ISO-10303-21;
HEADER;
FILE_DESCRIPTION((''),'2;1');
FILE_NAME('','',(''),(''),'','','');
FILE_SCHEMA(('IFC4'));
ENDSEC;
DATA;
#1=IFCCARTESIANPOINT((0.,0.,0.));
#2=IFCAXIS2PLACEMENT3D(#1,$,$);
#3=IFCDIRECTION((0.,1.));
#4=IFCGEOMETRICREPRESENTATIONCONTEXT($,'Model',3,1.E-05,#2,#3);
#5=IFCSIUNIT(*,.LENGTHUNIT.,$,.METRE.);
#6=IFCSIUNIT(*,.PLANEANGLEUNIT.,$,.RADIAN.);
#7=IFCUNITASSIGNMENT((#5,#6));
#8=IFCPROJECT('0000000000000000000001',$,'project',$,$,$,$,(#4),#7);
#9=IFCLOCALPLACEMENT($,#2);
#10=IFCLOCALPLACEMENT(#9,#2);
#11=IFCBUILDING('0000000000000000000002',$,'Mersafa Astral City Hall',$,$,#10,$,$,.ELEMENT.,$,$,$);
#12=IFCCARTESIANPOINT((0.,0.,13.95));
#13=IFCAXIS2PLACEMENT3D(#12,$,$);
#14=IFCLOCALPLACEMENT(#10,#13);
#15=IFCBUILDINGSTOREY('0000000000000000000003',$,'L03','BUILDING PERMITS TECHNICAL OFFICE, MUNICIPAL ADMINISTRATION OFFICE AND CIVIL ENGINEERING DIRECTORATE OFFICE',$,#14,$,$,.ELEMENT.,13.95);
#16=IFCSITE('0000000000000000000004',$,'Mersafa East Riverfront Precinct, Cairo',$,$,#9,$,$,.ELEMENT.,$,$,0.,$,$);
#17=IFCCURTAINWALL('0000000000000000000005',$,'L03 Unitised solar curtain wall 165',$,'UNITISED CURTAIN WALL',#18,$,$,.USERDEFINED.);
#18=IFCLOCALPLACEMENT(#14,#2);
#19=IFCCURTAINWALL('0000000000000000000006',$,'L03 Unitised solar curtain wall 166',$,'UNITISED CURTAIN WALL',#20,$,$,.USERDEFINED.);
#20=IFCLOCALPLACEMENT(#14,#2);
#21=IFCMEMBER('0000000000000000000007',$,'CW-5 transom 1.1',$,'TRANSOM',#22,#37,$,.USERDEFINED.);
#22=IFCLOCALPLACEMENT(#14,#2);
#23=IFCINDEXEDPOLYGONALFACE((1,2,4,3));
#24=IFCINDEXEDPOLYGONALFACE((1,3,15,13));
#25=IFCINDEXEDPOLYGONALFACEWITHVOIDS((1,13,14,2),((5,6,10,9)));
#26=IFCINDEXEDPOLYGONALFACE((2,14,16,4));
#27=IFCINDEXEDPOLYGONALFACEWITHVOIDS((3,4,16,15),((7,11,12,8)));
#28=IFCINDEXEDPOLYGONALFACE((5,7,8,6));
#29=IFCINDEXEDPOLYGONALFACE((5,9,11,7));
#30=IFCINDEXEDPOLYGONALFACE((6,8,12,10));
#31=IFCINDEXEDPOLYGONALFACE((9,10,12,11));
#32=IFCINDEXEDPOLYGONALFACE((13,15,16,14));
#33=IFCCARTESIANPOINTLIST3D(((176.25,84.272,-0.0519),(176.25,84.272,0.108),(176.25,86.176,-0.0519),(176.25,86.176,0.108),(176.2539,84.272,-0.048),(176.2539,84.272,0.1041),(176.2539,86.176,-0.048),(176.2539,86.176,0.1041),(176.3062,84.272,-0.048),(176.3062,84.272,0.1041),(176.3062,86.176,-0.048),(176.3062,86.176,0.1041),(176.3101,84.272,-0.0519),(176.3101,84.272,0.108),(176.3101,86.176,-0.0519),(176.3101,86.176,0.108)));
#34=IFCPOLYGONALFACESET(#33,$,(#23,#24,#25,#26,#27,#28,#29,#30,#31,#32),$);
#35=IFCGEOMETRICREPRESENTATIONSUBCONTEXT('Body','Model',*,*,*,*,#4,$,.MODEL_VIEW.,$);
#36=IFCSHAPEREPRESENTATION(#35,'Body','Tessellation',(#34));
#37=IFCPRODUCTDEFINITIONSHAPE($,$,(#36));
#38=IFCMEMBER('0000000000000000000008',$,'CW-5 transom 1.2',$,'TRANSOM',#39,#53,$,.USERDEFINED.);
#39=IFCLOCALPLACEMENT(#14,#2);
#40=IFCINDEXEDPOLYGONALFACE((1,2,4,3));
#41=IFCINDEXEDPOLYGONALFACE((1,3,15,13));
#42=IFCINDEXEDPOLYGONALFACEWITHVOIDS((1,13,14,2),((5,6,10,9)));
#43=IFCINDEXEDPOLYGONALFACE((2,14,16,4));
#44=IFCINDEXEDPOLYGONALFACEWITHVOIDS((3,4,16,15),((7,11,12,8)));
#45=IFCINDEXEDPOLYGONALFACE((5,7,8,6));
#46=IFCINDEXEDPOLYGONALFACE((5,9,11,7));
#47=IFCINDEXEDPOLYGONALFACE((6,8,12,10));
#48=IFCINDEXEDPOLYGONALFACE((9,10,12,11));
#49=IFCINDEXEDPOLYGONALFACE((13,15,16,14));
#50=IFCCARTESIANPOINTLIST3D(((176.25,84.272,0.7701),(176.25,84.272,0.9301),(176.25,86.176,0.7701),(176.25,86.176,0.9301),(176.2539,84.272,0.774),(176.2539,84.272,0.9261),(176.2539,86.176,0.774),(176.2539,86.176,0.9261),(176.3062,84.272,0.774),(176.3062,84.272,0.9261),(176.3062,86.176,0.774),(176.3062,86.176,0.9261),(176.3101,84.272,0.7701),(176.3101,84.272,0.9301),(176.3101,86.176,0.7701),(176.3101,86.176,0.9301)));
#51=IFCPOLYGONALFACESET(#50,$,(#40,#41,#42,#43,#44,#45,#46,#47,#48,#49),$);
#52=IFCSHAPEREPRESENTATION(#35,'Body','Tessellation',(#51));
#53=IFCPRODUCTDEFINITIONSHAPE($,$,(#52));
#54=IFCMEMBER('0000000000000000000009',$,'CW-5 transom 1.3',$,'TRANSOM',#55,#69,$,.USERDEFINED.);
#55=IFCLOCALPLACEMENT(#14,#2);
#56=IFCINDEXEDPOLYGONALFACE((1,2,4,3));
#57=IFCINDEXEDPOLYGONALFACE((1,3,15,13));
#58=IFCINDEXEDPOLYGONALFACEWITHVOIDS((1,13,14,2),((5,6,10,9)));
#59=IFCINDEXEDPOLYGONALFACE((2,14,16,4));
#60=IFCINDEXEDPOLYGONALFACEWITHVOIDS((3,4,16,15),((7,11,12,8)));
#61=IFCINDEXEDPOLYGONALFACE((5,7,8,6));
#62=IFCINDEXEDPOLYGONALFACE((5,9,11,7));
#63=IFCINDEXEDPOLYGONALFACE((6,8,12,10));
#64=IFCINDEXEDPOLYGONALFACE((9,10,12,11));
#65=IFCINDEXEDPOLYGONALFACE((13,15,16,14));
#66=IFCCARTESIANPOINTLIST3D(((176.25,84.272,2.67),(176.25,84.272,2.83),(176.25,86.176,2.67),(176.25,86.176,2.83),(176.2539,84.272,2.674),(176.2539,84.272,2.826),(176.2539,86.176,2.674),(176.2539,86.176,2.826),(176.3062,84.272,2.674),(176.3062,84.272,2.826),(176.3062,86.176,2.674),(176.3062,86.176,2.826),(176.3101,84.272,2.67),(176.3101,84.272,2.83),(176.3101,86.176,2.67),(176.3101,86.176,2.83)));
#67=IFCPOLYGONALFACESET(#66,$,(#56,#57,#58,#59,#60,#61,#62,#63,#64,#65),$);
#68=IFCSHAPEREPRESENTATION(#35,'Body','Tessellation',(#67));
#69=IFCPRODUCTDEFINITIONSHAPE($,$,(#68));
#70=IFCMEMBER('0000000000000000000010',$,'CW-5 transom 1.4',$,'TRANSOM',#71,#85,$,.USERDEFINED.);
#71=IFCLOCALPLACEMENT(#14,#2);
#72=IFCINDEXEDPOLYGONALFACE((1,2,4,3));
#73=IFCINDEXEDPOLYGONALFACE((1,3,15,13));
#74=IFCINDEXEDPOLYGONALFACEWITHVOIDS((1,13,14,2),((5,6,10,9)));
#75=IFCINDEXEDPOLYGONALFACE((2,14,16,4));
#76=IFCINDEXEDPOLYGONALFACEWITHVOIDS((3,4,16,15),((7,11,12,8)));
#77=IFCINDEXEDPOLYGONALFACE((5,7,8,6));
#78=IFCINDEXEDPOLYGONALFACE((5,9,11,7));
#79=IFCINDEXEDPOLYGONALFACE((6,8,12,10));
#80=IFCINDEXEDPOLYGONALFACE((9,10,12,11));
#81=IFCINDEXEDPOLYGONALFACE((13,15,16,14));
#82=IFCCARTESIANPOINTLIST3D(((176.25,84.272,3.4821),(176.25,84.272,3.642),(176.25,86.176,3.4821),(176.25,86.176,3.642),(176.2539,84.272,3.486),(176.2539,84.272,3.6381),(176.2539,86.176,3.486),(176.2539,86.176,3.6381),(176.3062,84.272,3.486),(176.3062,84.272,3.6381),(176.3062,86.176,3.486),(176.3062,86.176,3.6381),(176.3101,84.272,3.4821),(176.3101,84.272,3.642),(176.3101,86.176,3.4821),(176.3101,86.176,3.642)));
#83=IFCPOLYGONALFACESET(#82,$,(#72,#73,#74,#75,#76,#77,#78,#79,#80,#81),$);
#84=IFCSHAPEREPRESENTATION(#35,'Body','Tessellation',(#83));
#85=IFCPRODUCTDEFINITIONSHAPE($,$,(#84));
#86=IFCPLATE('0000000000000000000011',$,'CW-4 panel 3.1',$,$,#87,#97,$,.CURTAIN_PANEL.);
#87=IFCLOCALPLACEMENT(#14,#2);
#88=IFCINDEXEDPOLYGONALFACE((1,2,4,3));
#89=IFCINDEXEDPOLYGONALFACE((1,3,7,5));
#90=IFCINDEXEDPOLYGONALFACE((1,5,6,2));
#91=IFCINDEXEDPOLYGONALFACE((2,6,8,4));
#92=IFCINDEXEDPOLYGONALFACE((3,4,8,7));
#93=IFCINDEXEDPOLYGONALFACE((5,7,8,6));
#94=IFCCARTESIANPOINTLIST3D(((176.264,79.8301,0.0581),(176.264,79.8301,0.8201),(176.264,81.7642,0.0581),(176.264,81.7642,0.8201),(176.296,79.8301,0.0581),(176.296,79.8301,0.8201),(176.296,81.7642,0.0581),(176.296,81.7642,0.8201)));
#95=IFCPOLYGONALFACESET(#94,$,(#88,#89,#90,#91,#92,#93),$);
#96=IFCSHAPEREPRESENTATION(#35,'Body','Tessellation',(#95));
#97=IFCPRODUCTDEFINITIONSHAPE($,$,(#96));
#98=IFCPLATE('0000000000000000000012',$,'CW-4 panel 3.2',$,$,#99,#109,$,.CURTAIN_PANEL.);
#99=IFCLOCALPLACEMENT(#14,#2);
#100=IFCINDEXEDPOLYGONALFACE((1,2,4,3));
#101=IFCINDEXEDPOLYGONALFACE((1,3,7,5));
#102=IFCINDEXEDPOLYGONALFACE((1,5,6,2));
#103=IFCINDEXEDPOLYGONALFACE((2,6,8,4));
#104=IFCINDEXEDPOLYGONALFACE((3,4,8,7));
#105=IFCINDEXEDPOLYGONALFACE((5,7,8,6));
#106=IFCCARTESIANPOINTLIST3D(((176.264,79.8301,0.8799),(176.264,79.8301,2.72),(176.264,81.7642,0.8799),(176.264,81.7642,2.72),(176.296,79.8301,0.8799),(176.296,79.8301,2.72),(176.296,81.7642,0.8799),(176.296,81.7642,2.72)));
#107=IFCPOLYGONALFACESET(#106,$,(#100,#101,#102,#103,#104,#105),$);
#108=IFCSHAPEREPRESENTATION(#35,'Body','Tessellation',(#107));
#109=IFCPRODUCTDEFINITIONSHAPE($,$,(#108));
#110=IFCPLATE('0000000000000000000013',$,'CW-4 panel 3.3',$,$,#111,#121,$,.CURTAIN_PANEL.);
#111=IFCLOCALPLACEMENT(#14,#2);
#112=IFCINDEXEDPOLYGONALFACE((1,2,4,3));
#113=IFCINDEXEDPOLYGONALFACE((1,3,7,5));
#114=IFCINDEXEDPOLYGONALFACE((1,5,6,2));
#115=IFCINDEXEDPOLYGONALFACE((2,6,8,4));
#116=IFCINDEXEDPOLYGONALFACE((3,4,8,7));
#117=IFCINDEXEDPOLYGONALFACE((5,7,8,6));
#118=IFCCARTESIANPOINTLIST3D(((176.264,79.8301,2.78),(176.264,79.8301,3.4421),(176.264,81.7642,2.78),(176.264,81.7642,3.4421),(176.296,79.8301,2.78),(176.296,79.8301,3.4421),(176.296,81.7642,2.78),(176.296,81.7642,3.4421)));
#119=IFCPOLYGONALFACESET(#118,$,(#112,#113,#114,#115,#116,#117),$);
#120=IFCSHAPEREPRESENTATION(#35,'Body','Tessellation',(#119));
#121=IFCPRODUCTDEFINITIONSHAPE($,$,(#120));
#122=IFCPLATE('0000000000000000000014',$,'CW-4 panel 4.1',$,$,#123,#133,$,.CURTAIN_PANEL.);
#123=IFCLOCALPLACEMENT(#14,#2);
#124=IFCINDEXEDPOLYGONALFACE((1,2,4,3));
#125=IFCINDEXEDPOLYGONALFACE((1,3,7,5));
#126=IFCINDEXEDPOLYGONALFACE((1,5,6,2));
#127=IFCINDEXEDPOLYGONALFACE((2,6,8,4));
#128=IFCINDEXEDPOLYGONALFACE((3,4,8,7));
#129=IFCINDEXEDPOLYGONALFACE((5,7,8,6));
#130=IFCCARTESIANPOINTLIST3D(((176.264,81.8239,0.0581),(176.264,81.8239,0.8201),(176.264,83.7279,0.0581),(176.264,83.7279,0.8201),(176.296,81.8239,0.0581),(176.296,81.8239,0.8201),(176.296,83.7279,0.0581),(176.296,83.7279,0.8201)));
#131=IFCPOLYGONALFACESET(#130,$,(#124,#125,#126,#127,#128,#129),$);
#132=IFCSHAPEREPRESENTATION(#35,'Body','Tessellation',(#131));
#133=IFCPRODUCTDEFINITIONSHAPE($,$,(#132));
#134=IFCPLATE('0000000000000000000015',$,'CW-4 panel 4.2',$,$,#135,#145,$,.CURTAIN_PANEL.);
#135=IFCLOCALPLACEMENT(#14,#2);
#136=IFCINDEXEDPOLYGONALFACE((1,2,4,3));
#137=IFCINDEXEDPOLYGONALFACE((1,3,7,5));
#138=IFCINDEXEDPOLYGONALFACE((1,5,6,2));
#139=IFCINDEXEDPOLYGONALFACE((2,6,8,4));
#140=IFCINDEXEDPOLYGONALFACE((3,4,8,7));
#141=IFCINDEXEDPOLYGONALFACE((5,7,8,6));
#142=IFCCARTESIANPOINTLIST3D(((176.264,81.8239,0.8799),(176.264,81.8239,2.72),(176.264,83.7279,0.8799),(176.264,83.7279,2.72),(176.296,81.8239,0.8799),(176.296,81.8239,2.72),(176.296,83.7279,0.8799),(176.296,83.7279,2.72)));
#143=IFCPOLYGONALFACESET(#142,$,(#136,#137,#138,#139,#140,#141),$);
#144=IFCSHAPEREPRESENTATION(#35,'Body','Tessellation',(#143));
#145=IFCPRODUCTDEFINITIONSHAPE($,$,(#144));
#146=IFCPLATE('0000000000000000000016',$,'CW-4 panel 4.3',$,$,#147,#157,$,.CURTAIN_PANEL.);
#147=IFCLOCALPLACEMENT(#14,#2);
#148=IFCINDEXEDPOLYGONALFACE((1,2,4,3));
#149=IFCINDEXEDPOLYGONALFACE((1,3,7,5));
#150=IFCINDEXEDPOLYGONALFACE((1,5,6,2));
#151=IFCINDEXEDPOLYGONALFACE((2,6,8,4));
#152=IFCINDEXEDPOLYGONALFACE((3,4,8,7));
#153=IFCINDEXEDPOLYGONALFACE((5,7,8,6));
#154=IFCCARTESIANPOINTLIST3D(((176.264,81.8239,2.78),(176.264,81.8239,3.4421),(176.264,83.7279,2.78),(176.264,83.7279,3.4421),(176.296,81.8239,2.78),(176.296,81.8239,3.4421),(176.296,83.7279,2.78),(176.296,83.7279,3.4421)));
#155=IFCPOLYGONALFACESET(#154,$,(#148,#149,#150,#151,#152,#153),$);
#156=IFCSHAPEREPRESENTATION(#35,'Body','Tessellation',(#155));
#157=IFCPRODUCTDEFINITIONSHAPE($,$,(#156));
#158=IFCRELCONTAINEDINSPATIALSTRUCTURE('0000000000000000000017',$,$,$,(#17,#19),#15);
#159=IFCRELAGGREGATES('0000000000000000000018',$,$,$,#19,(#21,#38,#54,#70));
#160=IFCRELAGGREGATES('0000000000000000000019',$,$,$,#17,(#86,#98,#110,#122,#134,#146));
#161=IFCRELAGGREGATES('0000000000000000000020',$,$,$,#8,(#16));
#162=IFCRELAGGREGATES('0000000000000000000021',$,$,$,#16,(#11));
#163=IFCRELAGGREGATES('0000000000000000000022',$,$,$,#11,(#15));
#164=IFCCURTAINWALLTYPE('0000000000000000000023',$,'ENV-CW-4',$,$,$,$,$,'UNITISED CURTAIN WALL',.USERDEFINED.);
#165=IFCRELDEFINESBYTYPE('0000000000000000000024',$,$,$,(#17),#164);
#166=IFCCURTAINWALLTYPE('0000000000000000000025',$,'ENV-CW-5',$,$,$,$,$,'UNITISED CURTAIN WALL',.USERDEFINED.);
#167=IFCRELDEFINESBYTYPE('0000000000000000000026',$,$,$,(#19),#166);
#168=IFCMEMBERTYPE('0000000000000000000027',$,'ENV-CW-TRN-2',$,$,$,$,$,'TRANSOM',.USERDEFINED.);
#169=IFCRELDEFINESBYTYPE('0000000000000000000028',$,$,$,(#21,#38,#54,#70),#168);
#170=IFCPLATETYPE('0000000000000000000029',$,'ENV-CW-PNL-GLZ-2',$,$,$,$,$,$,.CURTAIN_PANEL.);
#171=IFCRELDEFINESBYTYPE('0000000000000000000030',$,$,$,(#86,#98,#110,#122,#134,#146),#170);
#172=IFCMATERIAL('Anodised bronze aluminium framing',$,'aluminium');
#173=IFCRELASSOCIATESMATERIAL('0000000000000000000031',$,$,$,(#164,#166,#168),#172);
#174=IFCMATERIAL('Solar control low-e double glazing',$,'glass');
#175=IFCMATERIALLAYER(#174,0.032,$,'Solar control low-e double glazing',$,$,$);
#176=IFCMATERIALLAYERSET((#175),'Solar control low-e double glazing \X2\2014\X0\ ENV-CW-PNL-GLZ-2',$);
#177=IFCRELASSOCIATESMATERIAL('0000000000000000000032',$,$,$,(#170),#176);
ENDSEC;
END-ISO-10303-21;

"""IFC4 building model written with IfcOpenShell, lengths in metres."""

from ifc_helpers import new_model, si_unit, direction, frame, origin, origin_2d, place, context, subcontext, project, spatial, rectangle, hollow_rectangle, extrude, material, layer, layer_set, material_profile, profile_set, type_object, element, aggregate, save


model = new_model("IFC4")

# Units and contexts
model_context = context("Model", 3, precision=1e-05, world=origin(), true_north=direction((0.0, 1.0)))
body_context = subcontext(model_context, "Body", "Model", "MODEL_VIEW")
ifc_project = project(units=[si_unit("LENGTHUNIT", "METRE"), si_unit("PLANEANGLEUNIT", "RADIAN")], contexts=[model_context])

# Site, building, storey
site_placement = place(None, origin())
site = spatial("IfcSite", under=ifc_project, at=site_placement, Name="Mersafa East Riverfront Precinct, Cairo", CompositionType="ELEMENT", RefElevation=0.0)
building_placement = place(site_placement, origin())
building = spatial("IfcBuilding", under=site, at=building_placement, Name="Mersafa Astral City Hall", CompositionType="ELEMENT")
storey_placement = place(building_placement, frame((0.0, 0.0, 13.95)))
storey = spatial("IfcBuildingStorey", under=building, at=storey_placement, Name="L03", Description="BUILDING PERMITS TECHNICAL OFFICE, MUNICIPAL ADMINISTRATION OFFICE AND CIVIL ENGINEERING DIRECTORATE OFFICE", CompositionType="ELEMENT", Elevation=13.95)

# Curtain wall
ifc_material_1 = material(Name="Anodised bronze aluminium framing", Category="aluminium")
curtain_wall_type_1 = type_object("IfcCurtainWallType", Name="ENV-CW-4", ElementType="UNITISED CURTAIN WALL", PredefinedType="USERDEFINED", material=ifc_material_1)
curtain_wall_1_placement = place(storey_placement, origin())
curtain_wall_1 = element("IfcCurtainWall", 1, at=curtain_wall_1_placement, inside=storey, type_object=curtain_wall_type_1, Name="L03 Unitised solar curtain wall 165", ObjectType="UNITISED CURTAIN WALL", PredefinedType="USERDEFINED")

# Curtain wall
curtain_wall_type_2 = type_object("IfcCurtainWallType", Name="ENV-CW-5", ElementType="UNITISED CURTAIN WALL", PredefinedType="USERDEFINED", material=ifc_material_1)
curtain_wall_2_placement = place(storey_placement, origin())
curtain_wall_2 = element("IfcCurtainWall", 2, at=curtain_wall_2_placement, inside=storey, type_object=curtain_wall_type_2, Name="L03 Unitised solar curtain wall 166", ObjectType="UNITISED CURTAIN WALL", PredefinedType="USERDEFINED")

# Members
ifc_material_profile_1 = material_profile(ifc_material_1, hollow_rectangle(XDim=0.0601, YDim=0.1599, WallThickness=0.0039, at=origin_2d()), Name="RHS 60x160x4")
ifc_profile_set_1 = profile_set([ifc_material_profile_1], Name="Anodised bronze aluminium framing")
member_type_1 = type_object("IfcMemberType", Name="ENV-CW-TRN-2", ElementType="TRANSOM", PredefinedType="USERDEFINED", material=ifc_profile_set_1)
member_1_placement = place(storey_placement, frame((176.28, 84.272, 0.0281), z_axis=(0.0, 1.0, 0.0), x_axis=(-1.0, 0.0, 0.0)))
member_1 = element("IfcMember", 3, at=member_1_placement, type_object=member_type_1, Name="CW-5 transom 1.1", ObjectType="TRANSOM", PredefinedType="USERDEFINED", context=body_context, shape_type="SweptSolid", body=[
    extrude(hollow_rectangle(XDim=0.0601, YDim=0.1599, WallThickness=0.0039, at=origin_2d()), origin(), (0.0, 0.0, 1.0), 1.9041),
])
member_2_placement = place(storey_placement, frame((176.28, 84.272, 0.8501), z_axis=(0.0, 1.0, 0.0), x_axis=(-1.0, 0.0, 0.0)))
member_2 = element("IfcMember", 4, at=member_2_placement, type_object=member_type_1, Name="CW-5 transom 1.2", ObjectType="TRANSOM", PredefinedType="USERDEFINED", context=body_context, shape_type="SweptSolid", body=[
    extrude(hollow_rectangle(XDim=0.0601, YDim=0.1599, WallThickness=0.0039, at=origin_2d()), origin(), (0.0, 0.0, 1.0), 1.9041),
])
member_3_placement = place(storey_placement, frame((176.28, 84.272, 2.75), z_axis=(0.0, 1.0, 0.0), x_axis=(-1.0, 0.0, 0.0)))
member_3 = element("IfcMember", 5, at=member_3_placement, type_object=member_type_1, Name="CW-5 transom 1.3", ObjectType="TRANSOM", PredefinedType="USERDEFINED", context=body_context, shape_type="SweptSolid", body=[
    extrude(hollow_rectangle(XDim=0.0601, YDim=0.1599, WallThickness=0.0039, at=origin_2d()), origin(), (0.0, 0.0, 1.0), 1.9041),
])
member_4_placement = place(storey_placement, frame((176.28, 84.272, 3.562), z_axis=(0.0, 1.0, 0.0), x_axis=(-1.0, 0.0, 0.0)))
member_4 = element("IfcMember", 6, at=member_4_placement, type_object=member_type_1, Name="CW-5 transom 1.4", ObjectType="TRANSOM", PredefinedType="USERDEFINED", context=body_context, shape_type="SweptSolid", body=[
    extrude(hollow_rectangle(XDim=0.0601, YDim=0.1599, WallThickness=0.0039, at=origin_2d()), origin(), (0.0, 0.0, 1.0), 1.9041),
])
aggregate(curtain_wall_2, [member_1, member_2, member_3, member_4])

# Plates
ifc_material_2 = material(Name="Solar control low-e double glazing", Category="glass")
ifc_layer = layer(ifc_material_2, 0.032, Name="Solar control low-e double glazing")
ifc_layer_set = layer_set([ifc_layer], Name="Solar control low-e double glazing — ENV-CW-PNL-GLZ-2")
plate_type = type_object("IfcPlateType", Name="ENV-CW-PNL-GLZ-2", PredefinedType="CURTAIN_PANEL", material=ifc_layer_set)
plate_1_placement = place(storey_placement, frame((176.28, 80.7971, 0.0581), z_axis=(0.0, 0.0, 1.0), x_axis=(0.0, 1.0, 0.0)))
plate_1 = element("IfcPlate", 7, at=plate_1_placement, type_object=plate_type, Name="CW-4 panel 3.1", PredefinedType="CURTAIN_PANEL", context=body_context, shape_type="SweptSolid", body=[
    extrude(rectangle(XDim=1.9341, YDim=0.032, at=origin_2d()), origin(), (0.0, 0.0, 1.0), 0.762),
])
plate_2_placement = place(storey_placement, frame((176.28, 80.7971, 0.8799), z_axis=(0.0, 0.0, 1.0), x_axis=(0.0, 1.0, 0.0)))
plate_2 = element("IfcPlate", 8, at=plate_2_placement, type_object=plate_type, Name="CW-4 panel 3.2", PredefinedType="CURTAIN_PANEL", context=body_context, shape_type="SweptSolid", body=[
    extrude(rectangle(XDim=1.9341, YDim=0.032, at=origin_2d()), origin(), (0.0, 0.0, 1.0), 1.8401),
])
plate_3_placement = place(storey_placement, frame((176.28, 80.7971, 2.78), z_axis=(0.0, 0.0, 1.0), x_axis=(0.0, 1.0, 0.0)))
plate_3 = element("IfcPlate", 9, at=plate_3_placement, type_object=plate_type, Name="CW-4 panel 3.3", PredefinedType="CURTAIN_PANEL", context=body_context, shape_type="SweptSolid", body=[
    extrude(rectangle(XDim=1.9341, YDim=0.032, at=origin_2d()), origin(), (0.0, 0.0, 1.0), 0.6621),
])
plate_4_placement = place(storey_placement, frame((176.28, 82.7759, 0.0581), z_axis=(0.0, 0.0, 1.0), x_axis=(0.0, 1.0, 0.0)))
plate_4 = element("IfcPlate", 10, at=plate_4_placement, type_object=plate_type, Name="CW-4 panel 4.1", PredefinedType="CURTAIN_PANEL", context=body_context, shape_type="SweptSolid", body=[
    extrude(rectangle(XDim=1.9041, YDim=0.032, at=origin_2d()), origin(), (0.0, 0.0, 1.0), 0.762),
])
plate_5_placement = place(storey_placement, frame((176.28, 82.7759, 0.8799), z_axis=(0.0, 0.0, 1.0), x_axis=(0.0, 1.0, 0.0)))
plate_5 = element("IfcPlate", 11, at=plate_5_placement, type_object=plate_type, Name="CW-4 panel 4.2", PredefinedType="CURTAIN_PANEL", context=body_context, shape_type="SweptSolid", body=[
    extrude(rectangle(XDim=1.9041, YDim=0.032, at=origin_2d()), origin(), (0.0, 0.0, 1.0), 1.8401),
])
plate_6_placement = place(storey_placement, frame((176.28, 82.7759, 2.78), z_axis=(0.0, 0.0, 1.0), x_axis=(0.0, 1.0, 0.0)))
plate_6 = element("IfcPlate", 12, at=plate_6_placement, type_object=plate_type, Name="CW-4 panel 4.3", PredefinedType="CURTAIN_PANEL", context=body_context, shape_type="SweptSolid", body=[
    extrude(rectangle(XDim=1.9041, YDim=0.032, at=origin_2d()), origin(), (0.0, 0.0, 1.0), 0.6621),
])
aggregate(curtain_wall_1, [plate_1, plate_2, plate_3, plate_4, plate_5, plate_6])

save(model, "model.ifc")
